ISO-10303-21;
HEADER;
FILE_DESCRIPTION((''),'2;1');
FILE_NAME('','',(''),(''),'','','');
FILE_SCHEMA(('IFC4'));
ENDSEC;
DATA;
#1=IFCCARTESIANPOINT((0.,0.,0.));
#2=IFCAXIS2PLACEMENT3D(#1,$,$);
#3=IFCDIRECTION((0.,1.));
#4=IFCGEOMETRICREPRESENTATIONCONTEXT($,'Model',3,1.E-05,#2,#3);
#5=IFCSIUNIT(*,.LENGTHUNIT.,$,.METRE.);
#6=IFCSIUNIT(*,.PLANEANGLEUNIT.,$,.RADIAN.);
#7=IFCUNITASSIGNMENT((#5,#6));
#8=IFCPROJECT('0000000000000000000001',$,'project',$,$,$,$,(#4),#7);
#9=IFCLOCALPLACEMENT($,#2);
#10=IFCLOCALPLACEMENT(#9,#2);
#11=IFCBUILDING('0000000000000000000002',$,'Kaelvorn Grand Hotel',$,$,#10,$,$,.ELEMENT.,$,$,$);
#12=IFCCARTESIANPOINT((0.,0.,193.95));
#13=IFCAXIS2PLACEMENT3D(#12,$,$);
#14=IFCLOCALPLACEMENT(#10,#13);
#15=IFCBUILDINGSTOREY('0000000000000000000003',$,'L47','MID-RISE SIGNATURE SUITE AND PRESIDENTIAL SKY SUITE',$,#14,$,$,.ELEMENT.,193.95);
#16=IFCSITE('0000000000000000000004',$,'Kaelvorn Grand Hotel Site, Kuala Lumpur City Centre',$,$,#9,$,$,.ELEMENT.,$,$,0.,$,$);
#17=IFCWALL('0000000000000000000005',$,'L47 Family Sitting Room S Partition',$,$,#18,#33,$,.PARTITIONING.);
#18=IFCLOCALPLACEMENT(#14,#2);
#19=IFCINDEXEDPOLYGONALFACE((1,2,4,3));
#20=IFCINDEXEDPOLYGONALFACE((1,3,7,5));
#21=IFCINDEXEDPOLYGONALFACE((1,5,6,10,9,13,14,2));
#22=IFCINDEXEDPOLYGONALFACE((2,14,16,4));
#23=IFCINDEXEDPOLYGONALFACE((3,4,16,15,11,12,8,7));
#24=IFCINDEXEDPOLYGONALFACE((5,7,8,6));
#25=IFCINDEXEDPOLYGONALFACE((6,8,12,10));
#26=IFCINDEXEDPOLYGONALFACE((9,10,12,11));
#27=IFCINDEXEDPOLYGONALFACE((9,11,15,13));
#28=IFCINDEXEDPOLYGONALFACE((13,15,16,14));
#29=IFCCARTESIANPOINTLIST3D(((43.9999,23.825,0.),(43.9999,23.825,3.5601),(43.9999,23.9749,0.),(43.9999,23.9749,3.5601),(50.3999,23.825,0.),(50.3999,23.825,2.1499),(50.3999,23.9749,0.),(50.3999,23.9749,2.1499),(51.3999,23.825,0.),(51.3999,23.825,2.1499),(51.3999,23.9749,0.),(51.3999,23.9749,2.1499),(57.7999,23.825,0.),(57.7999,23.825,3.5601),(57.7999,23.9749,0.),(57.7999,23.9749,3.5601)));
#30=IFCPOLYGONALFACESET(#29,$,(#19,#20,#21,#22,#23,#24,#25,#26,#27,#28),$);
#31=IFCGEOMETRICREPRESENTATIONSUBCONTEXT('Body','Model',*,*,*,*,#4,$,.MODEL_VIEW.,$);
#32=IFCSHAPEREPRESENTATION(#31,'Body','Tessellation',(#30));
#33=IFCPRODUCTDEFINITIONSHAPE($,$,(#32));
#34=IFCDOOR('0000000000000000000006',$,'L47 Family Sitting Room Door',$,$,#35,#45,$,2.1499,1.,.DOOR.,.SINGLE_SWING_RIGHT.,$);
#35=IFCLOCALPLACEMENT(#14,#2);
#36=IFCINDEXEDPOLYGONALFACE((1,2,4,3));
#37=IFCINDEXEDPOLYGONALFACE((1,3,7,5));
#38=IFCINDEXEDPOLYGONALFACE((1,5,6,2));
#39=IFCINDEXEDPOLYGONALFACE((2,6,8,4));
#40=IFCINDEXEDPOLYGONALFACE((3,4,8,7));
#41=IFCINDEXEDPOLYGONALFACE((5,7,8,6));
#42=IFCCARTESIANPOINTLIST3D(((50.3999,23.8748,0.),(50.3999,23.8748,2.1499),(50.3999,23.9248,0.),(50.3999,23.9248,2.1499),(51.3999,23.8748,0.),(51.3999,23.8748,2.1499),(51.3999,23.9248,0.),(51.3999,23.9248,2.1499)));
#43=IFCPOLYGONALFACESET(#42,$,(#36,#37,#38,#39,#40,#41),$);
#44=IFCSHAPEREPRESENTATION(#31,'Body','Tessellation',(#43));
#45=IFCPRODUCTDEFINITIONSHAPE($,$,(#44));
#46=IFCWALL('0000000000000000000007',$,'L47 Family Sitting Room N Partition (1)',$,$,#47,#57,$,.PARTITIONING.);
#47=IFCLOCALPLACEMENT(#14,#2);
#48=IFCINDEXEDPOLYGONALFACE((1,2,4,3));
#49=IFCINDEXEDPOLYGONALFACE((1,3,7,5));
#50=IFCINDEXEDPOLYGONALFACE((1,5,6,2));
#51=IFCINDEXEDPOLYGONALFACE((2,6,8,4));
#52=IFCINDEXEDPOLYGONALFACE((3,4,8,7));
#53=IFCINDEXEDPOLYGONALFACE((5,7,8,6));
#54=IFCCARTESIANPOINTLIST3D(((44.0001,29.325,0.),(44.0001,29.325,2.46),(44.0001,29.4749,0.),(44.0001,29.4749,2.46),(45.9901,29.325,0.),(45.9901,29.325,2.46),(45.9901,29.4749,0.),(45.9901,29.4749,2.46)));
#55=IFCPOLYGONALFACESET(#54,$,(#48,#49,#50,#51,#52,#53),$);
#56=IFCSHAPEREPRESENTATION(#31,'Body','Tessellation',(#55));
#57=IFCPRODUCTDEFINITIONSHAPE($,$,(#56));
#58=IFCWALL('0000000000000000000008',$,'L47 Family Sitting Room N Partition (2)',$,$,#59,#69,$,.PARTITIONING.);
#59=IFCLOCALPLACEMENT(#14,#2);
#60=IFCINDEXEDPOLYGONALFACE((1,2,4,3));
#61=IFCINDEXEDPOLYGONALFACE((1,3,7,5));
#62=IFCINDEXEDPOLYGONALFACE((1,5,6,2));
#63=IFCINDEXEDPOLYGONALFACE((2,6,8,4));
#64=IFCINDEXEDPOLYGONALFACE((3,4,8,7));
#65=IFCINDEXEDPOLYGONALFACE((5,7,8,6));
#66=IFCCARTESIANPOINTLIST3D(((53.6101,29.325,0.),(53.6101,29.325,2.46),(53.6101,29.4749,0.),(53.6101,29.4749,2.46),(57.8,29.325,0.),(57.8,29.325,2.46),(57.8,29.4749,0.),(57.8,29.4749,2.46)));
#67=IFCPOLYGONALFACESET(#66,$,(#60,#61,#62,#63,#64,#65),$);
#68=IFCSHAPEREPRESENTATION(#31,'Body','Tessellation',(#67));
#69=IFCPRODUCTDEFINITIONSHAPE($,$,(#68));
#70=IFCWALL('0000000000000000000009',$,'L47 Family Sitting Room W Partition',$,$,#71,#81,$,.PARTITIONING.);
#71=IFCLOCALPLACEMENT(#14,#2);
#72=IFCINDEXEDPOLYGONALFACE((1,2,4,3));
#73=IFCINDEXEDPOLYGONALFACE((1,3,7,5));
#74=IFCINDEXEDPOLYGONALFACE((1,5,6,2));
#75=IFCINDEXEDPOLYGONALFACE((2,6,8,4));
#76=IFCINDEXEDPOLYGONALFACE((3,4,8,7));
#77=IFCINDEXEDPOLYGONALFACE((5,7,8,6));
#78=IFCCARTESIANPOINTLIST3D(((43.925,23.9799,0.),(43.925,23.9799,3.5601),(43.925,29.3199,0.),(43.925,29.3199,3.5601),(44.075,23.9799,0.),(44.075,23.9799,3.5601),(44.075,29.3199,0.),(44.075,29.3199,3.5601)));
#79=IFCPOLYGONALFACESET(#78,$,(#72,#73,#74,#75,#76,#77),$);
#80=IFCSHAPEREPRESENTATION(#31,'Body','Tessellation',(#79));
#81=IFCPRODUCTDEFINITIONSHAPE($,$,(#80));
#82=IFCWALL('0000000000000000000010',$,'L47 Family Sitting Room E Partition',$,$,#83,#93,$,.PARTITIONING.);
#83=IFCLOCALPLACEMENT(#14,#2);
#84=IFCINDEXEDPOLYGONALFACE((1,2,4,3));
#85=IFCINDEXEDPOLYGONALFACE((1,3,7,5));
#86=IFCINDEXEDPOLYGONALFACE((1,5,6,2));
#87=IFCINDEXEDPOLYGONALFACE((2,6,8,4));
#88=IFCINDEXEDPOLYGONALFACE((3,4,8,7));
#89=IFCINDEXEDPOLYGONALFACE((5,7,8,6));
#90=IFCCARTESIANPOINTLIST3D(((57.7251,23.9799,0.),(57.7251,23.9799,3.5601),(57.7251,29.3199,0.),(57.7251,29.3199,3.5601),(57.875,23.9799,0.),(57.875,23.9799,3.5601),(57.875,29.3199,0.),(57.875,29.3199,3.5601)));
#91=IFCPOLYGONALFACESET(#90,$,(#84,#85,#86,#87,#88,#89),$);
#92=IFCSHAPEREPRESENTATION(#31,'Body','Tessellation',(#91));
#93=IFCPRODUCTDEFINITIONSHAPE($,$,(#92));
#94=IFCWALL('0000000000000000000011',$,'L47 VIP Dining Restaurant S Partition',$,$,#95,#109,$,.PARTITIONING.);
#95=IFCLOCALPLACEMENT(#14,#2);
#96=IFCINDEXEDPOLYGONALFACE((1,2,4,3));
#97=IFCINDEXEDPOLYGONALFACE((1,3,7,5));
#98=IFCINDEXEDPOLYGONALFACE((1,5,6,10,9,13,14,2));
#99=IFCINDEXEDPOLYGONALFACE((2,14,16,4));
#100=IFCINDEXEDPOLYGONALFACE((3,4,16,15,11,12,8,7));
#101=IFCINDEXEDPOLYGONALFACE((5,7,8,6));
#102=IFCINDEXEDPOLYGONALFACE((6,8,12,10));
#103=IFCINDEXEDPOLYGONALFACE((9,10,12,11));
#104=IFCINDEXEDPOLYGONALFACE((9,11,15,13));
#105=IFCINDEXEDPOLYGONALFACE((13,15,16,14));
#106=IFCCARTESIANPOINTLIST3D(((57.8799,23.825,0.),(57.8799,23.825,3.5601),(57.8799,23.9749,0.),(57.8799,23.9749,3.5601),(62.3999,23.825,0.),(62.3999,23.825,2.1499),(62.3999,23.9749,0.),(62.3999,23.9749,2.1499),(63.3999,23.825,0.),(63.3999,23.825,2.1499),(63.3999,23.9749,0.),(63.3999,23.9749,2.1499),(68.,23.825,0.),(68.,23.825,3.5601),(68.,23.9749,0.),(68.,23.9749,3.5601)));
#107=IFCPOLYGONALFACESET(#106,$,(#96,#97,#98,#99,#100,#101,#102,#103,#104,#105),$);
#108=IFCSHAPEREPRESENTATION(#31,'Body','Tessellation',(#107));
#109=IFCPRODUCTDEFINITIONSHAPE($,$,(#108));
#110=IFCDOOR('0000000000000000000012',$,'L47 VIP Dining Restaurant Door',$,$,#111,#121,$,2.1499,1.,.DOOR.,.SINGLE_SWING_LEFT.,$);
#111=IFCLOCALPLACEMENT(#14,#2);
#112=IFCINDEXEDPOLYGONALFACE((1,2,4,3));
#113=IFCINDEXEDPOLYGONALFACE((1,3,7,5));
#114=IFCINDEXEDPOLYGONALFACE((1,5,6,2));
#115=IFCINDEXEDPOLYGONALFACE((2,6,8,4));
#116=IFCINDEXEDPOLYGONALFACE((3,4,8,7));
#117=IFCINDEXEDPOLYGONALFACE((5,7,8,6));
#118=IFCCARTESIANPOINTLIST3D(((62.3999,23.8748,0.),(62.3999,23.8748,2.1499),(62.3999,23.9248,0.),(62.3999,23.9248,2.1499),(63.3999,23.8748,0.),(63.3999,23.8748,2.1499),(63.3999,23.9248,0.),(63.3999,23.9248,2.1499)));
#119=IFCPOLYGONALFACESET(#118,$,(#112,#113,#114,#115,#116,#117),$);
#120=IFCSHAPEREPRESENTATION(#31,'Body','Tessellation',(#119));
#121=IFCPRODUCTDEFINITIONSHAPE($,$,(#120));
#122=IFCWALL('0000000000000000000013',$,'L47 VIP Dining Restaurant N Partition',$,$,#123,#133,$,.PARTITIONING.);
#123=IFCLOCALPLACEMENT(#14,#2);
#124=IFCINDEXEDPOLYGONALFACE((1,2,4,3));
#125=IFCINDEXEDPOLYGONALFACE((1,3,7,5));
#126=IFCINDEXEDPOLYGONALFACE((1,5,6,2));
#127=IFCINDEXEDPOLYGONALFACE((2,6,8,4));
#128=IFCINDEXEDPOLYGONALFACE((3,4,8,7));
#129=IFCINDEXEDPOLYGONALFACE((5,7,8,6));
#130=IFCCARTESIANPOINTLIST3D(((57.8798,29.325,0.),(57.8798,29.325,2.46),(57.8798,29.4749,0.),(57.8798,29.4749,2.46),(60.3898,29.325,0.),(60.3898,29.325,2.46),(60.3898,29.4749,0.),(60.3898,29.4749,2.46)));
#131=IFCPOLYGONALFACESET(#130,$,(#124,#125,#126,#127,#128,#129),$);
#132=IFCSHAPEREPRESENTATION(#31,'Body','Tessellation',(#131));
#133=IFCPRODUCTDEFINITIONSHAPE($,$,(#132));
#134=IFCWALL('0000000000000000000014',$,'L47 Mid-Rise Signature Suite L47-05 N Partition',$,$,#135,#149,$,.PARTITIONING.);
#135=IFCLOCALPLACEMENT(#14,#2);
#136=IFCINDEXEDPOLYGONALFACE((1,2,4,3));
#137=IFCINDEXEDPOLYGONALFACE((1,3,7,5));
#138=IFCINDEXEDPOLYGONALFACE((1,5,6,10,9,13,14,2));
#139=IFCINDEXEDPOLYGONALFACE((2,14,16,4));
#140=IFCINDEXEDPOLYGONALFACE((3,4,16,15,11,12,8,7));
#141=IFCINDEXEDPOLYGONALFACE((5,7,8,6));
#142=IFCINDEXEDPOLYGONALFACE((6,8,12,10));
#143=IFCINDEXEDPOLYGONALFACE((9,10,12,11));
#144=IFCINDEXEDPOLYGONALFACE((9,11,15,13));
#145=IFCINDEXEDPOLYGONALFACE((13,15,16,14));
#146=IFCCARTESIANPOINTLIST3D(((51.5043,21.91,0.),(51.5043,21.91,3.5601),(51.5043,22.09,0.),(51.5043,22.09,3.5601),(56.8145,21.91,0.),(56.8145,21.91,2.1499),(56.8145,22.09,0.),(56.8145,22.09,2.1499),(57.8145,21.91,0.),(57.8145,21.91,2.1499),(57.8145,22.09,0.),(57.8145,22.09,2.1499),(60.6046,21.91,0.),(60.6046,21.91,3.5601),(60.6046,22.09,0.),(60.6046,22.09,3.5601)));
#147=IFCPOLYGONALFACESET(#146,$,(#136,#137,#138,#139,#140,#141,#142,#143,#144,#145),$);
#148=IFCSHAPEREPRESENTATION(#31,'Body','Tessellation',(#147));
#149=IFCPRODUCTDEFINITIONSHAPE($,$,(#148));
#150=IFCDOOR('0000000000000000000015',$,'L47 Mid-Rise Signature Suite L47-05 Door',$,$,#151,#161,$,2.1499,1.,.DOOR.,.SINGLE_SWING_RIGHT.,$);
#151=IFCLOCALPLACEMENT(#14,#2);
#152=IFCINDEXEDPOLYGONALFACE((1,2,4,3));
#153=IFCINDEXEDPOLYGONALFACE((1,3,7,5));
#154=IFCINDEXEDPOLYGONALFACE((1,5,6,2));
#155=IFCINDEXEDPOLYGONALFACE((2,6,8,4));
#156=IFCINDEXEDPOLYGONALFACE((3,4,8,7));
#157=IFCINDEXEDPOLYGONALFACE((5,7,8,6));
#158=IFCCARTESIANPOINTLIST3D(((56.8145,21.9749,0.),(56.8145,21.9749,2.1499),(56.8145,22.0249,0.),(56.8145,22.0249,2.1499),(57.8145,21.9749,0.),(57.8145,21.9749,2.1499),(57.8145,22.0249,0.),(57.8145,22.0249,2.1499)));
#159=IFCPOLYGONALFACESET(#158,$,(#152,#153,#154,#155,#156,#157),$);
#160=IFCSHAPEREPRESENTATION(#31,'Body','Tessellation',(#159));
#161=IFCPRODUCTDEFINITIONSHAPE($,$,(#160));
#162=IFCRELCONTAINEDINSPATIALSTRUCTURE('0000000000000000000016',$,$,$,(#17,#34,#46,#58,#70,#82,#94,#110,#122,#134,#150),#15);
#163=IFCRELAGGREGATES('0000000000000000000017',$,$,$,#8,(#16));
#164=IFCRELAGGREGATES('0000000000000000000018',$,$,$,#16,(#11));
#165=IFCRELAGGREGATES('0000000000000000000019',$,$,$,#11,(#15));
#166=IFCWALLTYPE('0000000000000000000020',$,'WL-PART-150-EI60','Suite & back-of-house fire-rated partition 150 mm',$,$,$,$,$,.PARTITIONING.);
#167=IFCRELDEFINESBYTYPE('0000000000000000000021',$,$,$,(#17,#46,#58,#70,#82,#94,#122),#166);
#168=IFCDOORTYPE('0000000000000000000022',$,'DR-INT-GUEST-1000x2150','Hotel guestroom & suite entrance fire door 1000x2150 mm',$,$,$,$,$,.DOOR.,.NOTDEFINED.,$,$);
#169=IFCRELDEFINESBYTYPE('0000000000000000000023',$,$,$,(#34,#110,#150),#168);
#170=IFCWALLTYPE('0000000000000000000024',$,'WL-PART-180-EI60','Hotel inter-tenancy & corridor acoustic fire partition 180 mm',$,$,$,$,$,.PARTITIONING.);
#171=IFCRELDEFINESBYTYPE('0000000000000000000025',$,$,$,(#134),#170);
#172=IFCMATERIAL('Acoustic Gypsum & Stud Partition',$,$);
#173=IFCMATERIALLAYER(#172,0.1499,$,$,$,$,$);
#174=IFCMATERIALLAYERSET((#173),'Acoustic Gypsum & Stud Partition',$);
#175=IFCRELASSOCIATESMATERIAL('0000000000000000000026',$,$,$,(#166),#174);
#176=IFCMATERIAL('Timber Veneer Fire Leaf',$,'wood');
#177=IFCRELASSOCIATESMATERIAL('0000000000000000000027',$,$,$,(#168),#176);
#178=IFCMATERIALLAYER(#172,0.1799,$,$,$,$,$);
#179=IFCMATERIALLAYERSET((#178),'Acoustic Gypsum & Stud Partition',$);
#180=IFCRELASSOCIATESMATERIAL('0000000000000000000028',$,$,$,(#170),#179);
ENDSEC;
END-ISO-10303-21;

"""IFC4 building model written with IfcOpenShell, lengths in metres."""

from ifc_helpers import new_model, si_unit, direction, frame, frame_2d, origin, place, context, subcontext, project, spatial, rectangle, extrude, material, layer, layer_set, type_object, element, fill, save


model = new_model("IFC4")

# Units and contexts
model_context = context("Model", 3, precision=1e-05, world=origin(), true_north=direction((0.0, 1.0)))
body_context = subcontext(model_context, "Body", "Model", "MODEL_VIEW")
ifc_project = project(units=[si_unit("LENGTHUNIT", "METRE"), si_unit("PLANEANGLEUNIT", "RADIAN")], contexts=[model_context])

# Site, building, storey
site_placement = place(None, origin())
site = spatial("IfcSite", under=ifc_project, at=site_placement, Name="Kaelvorn Grand Hotel Site, Kuala Lumpur City Centre", CompositionType="ELEMENT", RefElevation=0.0)
building_placement = place(site_placement, origin())
building = spatial("IfcBuilding", under=site, at=building_placement, Name="Kaelvorn Grand Hotel", CompositionType="ELEMENT")
storey_placement = place(building_placement, frame((0.0, 0.0, 193.95)))
storey = spatial("IfcBuildingStorey", under=building, at=storey_placement, Name="L47", Description="MID-RISE SIGNATURE SUITE AND PRESIDENTIAL SKY SUITE", CompositionType="ELEMENT", Elevation=193.95)

# Wall, opening, door
ifc_material_1 = material(Name="Acoustic Gypsum & Stud Partition")
ifc_layer_1 = layer(ifc_material_1, 0.1499)
ifc_layer_set_1 = layer_set([ifc_layer_1], Name="Acoustic Gypsum & Stud Partition")
wall_type_1 = type_object("IfcWallType", Name="WL-PART-150-EI60", Description="Suite & back-of-house fire-rated partition 150 mm", PredefinedType="PARTITIONING", material=ifc_layer_set_1)
wall_1_placement = place(storey_placement, frame((44.0, 23.8999, 0.0), z_axis=(0.0, 0.0, 1.0), x_axis=(1.0, 0.0, 0.0)))
wall_1 = element("IfcWall", 1, at=wall_1_placement, inside=storey, type_object=wall_type_1, Name="L47 Family Sitting Room S Partition", PredefinedType="PARTITIONING", context=body_context, shape_type="SweptSolid", body=[
    extrude(rectangle(XDim=13.8, YDim=0.1499, at=frame_2d((6.8999, 0.0))), origin(), (0.0, 0.0, 1.0), 3.5601),
])
opening_1_placement = place(wall_1_placement, frame((6.3999, 0.0, 0.0)))
opening_1 = element("IfcOpeningElement", 2, at=opening_1_placement, cuts=wall_1, PredefinedType="OPENING", context=body_context, shape_type="SweptSolid", body=[
    extrude(rectangle(XDim=1.0, YDim=2.1499, at=frame_2d((0.5, 1.075))), frame((0.0, 0.085, 0.0), z_axis=(0.0, -1.0, 0.0), x_axis=(1.0, 0.0, 0.0)), (0.0, 0.0, 1.0), 0.1699),
])
ifc_material_2 = material(Name="Timber Veneer Fire Leaf", Category="wood")
door_type_1 = type_object("IfcDoorType", Name="DR-INT-GUEST-1000x2150", Description="Hotel guestroom & suite entrance fire door 1000x2150 mm", OperationType="NOTDEFINED", PredefinedType="DOOR", material=ifc_material_2)
door_1_placement = place(opening_1_placement, origin())
door_1 = element("IfcDoor", 3, at=door_1_placement, inside=storey, type_object=door_type_1, Name="L47 Family Sitting Room Door", OperationType="SINGLE_SWING_RIGHT", OverallHeight=2.1499, OverallWidth=1.0, PredefinedType="DOOR", context=body_context, shape_type="SweptSolid", body=[
    extrude(rectangle(XDim=1.0, YDim=2.1499, at=frame_2d((0.5, 1.075))), frame((0.0, 0.0249, 0.0), z_axis=(0.0, -1.0, 0.0), x_axis=(1.0, 0.0, 0.0)), (0.0, 0.0, 1.0), 0.05),
])
fill(opening_1, door_1)

# Walls
wall_2_placement = place(storey_placement, frame((44.0, 29.3999, 0.0), z_axis=(0.0, 0.0, 1.0), x_axis=(1.0, 0.0, 0.0)))
element("IfcWall", 4, at=wall_2_placement, inside=storey, type_object=wall_type_1, Name="L47 Family Sitting Room N Partition (1)", PredefinedType="PARTITIONING", context=body_context, shape_type="SweptSolid", body=[
    extrude(rectangle(XDim=1.99, YDim=0.1499, at=frame_2d((0.9951, 0.0))), origin(), (0.0, 0.0, 1.0), 2.46),
])
wall_3_placement = place(storey_placement, frame((53.6101, 29.3999, 0.0), z_axis=(0.0, 0.0, 1.0), x_axis=(1.0, 0.0, 0.0)))
element("IfcWall", 5, at=wall_3_placement, inside=storey, type_object=wall_type_1, Name="L47 Family Sitting Room N Partition (2)", PredefinedType="PARTITIONING", context=body_context, shape_type="SweptSolid", body=[
    extrude(rectangle(XDim=4.1899, YDim=0.1499, at=frame_2d((2.095, 0.0))), origin(), (0.0, 0.0, 1.0), 2.46),
])
for number, where, z_axis, x_axis, name in (
    (6, (44.0, 23.98, 0.0), (0.0, 0.0, 1.0), (0.0, 1.0, 0.0), "L47 Family Sitting Room W Partition"),
    (7, (57.8, 23.98, 0.0), (0.0, 0.0, 1.0), (0.0, 1.0, 0.0), "L47 Family Sitting Room E Partition"),
):
    element("IfcWall", number, at=place(storey_placement, frame(where, z_axis=z_axis, x_axis=x_axis)), inside=storey, type_object=wall_type_1, Name=name, PredefinedType="PARTITIONING", context=body_context, shape_type="SweptSolid", body=[
        extrude(rectangle(XDim=5.3401, YDim=0.1499, at=frame_2d((2.6699, 0.0))), origin(), (0.0, 0.0, 1.0), 3.5601),
    ])

# Wall, opening, door
wall_4_placement = place(storey_placement, frame((57.8799, 23.8999, 0.0), z_axis=(0.0, 0.0, 1.0), x_axis=(1.0, 0.0, 0.0)))
wall_4 = element("IfcWall", 8, at=wall_4_placement, inside=storey, type_object=wall_type_1, Name="L47 VIP Dining Restaurant S Partition", PredefinedType="PARTITIONING", context=body_context, shape_type="SweptSolid", body=[
    extrude(rectangle(XDim=10.1201, YDim=0.1499, at=frame_2d((5.0601, 0.0))), origin(), (0.0, 0.0, 1.0), 3.5601),
])
opening_2_placement = place(wall_4_placement, frame((4.52, 0.0, 0.0)))
opening_2 = element("IfcOpeningElement", 9, at=opening_2_placement, cuts=wall_4, PredefinedType="OPENING", context=body_context, shape_type="SweptSolid", body=[
    extrude(rectangle(XDim=1.0, YDim=2.1499, at=frame_2d((0.5, 1.075))), frame((0.0, 0.085, 0.0), z_axis=(0.0, -1.0, 0.0), x_axis=(1.0, 0.0, 0.0)), (0.0, 0.0, 1.0), 0.1699),
])
door_2_placement = place(opening_2_placement, origin())
door_2 = element("IfcDoor", 10, at=door_2_placement, inside=storey, type_object=door_type_1, Name="L47 VIP Dining Restaurant Door", OperationType="SINGLE_SWING_LEFT", OverallHeight=2.1499, OverallWidth=1.0, PredefinedType="DOOR", context=body_context, shape_type="SweptSolid", body=[
    extrude(rectangle(XDim=1.0, YDim=2.1499, at=frame_2d((0.5, 1.075))), frame((0.0, 0.0249, 0.0), z_axis=(0.0, -1.0, 0.0), x_axis=(1.0, 0.0, 0.0)), (0.0, 0.0, 1.0), 0.05),
])
fill(opening_2, door_2)

# Wall
wall_5_placement = place(storey_placement, frame((57.8799, 29.3999, 0.0), z_axis=(0.0, 0.0, 1.0), x_axis=(1.0, 0.0, 0.0)))
element("IfcWall", 11, at=wall_5_placement, inside=storey, type_object=wall_type_1, Name="L47 VIP Dining Restaurant N Partition", PredefinedType="PARTITIONING", context=body_context, shape_type="SweptSolid", body=[
    extrude(rectangle(XDim=2.51, YDim=0.1499, at=frame_2d((1.2549, 0.0))), origin(), (0.0, 0.0, 1.0), 2.46),
])

# Wall, opening, door
ifc_layer_2 = layer(ifc_material_1, 0.1799)
ifc_layer_set_2 = layer_set([ifc_layer_2], Name="Acoustic Gypsum & Stud Partition")
wall_type_2 = type_object("IfcWallType", Name="WL-PART-180-EI60", Description="Hotel inter-tenancy & corridor acoustic fire partition 180 mm", PredefinedType="PARTITIONING", material=ifc_layer_set_2)
wall_6_placement = place(storey_placement, frame((51.5042, 22.0, 0.0), z_axis=(0.0, 0.0, 1.0), x_axis=(1.0, 0.0, 0.0)))
wall_6 = element("IfcWall", 12, at=wall_6_placement, inside=storey, type_object=wall_type_2, Name="L47 Mid-Rise Signature Suite L47-05 N Partition", PredefinedType="PARTITIONING", context=body_context, shape_type="SweptSolid", body=[
    extrude(rectangle(XDim=9.1003, YDim=0.1799, at=frame_2d((4.5503, 0.0))), origin(), (0.0, 0.0, 1.0), 3.5601),
])
opening_3_placement = place(wall_6_placement, frame((5.3103, 0.0, 0.0)))
opening_3 = element("IfcOpeningElement", 13, at=opening_3_placement, cuts=wall_6, PredefinedType="OPENING", context=body_context, shape_type="SweptSolid", body=[
    extrude(rectangle(XDim=1.0, YDim=2.1499, at=frame_2d((0.5, 1.075))), frame((0.0, 0.1001, 0.0), z_axis=(0.0, -1.0, 0.0), x_axis=(1.0, 0.0, 0.0)), (0.0, 0.0, 1.0), 0.2),
])
door_3_placement = place(opening_3_placement, origin())
door_3 = element("IfcDoor", 14, at=door_3_placement, inside=storey, type_object=door_type_1, Name="L47 Mid-Rise Signature Suite L47-05 Door", OperationType="SINGLE_SWING_RIGHT", OverallHeight=2.1499, OverallWidth=1.0, PredefinedType="DOOR", context=body_context, shape_type="SweptSolid", body=[
    extrude(rectangle(XDim=1.0, YDim=2.1499, at=frame_2d((0.5, 1.075))), frame((0.0, 0.0249, 0.0), z_axis=(0.0, -1.0, 0.0), x_axis=(1.0, 0.0, 0.0)), (0.0, 0.0, 1.0), 0.05),
])
fill(opening_3, door_3)

save(model, "model.ifc")
